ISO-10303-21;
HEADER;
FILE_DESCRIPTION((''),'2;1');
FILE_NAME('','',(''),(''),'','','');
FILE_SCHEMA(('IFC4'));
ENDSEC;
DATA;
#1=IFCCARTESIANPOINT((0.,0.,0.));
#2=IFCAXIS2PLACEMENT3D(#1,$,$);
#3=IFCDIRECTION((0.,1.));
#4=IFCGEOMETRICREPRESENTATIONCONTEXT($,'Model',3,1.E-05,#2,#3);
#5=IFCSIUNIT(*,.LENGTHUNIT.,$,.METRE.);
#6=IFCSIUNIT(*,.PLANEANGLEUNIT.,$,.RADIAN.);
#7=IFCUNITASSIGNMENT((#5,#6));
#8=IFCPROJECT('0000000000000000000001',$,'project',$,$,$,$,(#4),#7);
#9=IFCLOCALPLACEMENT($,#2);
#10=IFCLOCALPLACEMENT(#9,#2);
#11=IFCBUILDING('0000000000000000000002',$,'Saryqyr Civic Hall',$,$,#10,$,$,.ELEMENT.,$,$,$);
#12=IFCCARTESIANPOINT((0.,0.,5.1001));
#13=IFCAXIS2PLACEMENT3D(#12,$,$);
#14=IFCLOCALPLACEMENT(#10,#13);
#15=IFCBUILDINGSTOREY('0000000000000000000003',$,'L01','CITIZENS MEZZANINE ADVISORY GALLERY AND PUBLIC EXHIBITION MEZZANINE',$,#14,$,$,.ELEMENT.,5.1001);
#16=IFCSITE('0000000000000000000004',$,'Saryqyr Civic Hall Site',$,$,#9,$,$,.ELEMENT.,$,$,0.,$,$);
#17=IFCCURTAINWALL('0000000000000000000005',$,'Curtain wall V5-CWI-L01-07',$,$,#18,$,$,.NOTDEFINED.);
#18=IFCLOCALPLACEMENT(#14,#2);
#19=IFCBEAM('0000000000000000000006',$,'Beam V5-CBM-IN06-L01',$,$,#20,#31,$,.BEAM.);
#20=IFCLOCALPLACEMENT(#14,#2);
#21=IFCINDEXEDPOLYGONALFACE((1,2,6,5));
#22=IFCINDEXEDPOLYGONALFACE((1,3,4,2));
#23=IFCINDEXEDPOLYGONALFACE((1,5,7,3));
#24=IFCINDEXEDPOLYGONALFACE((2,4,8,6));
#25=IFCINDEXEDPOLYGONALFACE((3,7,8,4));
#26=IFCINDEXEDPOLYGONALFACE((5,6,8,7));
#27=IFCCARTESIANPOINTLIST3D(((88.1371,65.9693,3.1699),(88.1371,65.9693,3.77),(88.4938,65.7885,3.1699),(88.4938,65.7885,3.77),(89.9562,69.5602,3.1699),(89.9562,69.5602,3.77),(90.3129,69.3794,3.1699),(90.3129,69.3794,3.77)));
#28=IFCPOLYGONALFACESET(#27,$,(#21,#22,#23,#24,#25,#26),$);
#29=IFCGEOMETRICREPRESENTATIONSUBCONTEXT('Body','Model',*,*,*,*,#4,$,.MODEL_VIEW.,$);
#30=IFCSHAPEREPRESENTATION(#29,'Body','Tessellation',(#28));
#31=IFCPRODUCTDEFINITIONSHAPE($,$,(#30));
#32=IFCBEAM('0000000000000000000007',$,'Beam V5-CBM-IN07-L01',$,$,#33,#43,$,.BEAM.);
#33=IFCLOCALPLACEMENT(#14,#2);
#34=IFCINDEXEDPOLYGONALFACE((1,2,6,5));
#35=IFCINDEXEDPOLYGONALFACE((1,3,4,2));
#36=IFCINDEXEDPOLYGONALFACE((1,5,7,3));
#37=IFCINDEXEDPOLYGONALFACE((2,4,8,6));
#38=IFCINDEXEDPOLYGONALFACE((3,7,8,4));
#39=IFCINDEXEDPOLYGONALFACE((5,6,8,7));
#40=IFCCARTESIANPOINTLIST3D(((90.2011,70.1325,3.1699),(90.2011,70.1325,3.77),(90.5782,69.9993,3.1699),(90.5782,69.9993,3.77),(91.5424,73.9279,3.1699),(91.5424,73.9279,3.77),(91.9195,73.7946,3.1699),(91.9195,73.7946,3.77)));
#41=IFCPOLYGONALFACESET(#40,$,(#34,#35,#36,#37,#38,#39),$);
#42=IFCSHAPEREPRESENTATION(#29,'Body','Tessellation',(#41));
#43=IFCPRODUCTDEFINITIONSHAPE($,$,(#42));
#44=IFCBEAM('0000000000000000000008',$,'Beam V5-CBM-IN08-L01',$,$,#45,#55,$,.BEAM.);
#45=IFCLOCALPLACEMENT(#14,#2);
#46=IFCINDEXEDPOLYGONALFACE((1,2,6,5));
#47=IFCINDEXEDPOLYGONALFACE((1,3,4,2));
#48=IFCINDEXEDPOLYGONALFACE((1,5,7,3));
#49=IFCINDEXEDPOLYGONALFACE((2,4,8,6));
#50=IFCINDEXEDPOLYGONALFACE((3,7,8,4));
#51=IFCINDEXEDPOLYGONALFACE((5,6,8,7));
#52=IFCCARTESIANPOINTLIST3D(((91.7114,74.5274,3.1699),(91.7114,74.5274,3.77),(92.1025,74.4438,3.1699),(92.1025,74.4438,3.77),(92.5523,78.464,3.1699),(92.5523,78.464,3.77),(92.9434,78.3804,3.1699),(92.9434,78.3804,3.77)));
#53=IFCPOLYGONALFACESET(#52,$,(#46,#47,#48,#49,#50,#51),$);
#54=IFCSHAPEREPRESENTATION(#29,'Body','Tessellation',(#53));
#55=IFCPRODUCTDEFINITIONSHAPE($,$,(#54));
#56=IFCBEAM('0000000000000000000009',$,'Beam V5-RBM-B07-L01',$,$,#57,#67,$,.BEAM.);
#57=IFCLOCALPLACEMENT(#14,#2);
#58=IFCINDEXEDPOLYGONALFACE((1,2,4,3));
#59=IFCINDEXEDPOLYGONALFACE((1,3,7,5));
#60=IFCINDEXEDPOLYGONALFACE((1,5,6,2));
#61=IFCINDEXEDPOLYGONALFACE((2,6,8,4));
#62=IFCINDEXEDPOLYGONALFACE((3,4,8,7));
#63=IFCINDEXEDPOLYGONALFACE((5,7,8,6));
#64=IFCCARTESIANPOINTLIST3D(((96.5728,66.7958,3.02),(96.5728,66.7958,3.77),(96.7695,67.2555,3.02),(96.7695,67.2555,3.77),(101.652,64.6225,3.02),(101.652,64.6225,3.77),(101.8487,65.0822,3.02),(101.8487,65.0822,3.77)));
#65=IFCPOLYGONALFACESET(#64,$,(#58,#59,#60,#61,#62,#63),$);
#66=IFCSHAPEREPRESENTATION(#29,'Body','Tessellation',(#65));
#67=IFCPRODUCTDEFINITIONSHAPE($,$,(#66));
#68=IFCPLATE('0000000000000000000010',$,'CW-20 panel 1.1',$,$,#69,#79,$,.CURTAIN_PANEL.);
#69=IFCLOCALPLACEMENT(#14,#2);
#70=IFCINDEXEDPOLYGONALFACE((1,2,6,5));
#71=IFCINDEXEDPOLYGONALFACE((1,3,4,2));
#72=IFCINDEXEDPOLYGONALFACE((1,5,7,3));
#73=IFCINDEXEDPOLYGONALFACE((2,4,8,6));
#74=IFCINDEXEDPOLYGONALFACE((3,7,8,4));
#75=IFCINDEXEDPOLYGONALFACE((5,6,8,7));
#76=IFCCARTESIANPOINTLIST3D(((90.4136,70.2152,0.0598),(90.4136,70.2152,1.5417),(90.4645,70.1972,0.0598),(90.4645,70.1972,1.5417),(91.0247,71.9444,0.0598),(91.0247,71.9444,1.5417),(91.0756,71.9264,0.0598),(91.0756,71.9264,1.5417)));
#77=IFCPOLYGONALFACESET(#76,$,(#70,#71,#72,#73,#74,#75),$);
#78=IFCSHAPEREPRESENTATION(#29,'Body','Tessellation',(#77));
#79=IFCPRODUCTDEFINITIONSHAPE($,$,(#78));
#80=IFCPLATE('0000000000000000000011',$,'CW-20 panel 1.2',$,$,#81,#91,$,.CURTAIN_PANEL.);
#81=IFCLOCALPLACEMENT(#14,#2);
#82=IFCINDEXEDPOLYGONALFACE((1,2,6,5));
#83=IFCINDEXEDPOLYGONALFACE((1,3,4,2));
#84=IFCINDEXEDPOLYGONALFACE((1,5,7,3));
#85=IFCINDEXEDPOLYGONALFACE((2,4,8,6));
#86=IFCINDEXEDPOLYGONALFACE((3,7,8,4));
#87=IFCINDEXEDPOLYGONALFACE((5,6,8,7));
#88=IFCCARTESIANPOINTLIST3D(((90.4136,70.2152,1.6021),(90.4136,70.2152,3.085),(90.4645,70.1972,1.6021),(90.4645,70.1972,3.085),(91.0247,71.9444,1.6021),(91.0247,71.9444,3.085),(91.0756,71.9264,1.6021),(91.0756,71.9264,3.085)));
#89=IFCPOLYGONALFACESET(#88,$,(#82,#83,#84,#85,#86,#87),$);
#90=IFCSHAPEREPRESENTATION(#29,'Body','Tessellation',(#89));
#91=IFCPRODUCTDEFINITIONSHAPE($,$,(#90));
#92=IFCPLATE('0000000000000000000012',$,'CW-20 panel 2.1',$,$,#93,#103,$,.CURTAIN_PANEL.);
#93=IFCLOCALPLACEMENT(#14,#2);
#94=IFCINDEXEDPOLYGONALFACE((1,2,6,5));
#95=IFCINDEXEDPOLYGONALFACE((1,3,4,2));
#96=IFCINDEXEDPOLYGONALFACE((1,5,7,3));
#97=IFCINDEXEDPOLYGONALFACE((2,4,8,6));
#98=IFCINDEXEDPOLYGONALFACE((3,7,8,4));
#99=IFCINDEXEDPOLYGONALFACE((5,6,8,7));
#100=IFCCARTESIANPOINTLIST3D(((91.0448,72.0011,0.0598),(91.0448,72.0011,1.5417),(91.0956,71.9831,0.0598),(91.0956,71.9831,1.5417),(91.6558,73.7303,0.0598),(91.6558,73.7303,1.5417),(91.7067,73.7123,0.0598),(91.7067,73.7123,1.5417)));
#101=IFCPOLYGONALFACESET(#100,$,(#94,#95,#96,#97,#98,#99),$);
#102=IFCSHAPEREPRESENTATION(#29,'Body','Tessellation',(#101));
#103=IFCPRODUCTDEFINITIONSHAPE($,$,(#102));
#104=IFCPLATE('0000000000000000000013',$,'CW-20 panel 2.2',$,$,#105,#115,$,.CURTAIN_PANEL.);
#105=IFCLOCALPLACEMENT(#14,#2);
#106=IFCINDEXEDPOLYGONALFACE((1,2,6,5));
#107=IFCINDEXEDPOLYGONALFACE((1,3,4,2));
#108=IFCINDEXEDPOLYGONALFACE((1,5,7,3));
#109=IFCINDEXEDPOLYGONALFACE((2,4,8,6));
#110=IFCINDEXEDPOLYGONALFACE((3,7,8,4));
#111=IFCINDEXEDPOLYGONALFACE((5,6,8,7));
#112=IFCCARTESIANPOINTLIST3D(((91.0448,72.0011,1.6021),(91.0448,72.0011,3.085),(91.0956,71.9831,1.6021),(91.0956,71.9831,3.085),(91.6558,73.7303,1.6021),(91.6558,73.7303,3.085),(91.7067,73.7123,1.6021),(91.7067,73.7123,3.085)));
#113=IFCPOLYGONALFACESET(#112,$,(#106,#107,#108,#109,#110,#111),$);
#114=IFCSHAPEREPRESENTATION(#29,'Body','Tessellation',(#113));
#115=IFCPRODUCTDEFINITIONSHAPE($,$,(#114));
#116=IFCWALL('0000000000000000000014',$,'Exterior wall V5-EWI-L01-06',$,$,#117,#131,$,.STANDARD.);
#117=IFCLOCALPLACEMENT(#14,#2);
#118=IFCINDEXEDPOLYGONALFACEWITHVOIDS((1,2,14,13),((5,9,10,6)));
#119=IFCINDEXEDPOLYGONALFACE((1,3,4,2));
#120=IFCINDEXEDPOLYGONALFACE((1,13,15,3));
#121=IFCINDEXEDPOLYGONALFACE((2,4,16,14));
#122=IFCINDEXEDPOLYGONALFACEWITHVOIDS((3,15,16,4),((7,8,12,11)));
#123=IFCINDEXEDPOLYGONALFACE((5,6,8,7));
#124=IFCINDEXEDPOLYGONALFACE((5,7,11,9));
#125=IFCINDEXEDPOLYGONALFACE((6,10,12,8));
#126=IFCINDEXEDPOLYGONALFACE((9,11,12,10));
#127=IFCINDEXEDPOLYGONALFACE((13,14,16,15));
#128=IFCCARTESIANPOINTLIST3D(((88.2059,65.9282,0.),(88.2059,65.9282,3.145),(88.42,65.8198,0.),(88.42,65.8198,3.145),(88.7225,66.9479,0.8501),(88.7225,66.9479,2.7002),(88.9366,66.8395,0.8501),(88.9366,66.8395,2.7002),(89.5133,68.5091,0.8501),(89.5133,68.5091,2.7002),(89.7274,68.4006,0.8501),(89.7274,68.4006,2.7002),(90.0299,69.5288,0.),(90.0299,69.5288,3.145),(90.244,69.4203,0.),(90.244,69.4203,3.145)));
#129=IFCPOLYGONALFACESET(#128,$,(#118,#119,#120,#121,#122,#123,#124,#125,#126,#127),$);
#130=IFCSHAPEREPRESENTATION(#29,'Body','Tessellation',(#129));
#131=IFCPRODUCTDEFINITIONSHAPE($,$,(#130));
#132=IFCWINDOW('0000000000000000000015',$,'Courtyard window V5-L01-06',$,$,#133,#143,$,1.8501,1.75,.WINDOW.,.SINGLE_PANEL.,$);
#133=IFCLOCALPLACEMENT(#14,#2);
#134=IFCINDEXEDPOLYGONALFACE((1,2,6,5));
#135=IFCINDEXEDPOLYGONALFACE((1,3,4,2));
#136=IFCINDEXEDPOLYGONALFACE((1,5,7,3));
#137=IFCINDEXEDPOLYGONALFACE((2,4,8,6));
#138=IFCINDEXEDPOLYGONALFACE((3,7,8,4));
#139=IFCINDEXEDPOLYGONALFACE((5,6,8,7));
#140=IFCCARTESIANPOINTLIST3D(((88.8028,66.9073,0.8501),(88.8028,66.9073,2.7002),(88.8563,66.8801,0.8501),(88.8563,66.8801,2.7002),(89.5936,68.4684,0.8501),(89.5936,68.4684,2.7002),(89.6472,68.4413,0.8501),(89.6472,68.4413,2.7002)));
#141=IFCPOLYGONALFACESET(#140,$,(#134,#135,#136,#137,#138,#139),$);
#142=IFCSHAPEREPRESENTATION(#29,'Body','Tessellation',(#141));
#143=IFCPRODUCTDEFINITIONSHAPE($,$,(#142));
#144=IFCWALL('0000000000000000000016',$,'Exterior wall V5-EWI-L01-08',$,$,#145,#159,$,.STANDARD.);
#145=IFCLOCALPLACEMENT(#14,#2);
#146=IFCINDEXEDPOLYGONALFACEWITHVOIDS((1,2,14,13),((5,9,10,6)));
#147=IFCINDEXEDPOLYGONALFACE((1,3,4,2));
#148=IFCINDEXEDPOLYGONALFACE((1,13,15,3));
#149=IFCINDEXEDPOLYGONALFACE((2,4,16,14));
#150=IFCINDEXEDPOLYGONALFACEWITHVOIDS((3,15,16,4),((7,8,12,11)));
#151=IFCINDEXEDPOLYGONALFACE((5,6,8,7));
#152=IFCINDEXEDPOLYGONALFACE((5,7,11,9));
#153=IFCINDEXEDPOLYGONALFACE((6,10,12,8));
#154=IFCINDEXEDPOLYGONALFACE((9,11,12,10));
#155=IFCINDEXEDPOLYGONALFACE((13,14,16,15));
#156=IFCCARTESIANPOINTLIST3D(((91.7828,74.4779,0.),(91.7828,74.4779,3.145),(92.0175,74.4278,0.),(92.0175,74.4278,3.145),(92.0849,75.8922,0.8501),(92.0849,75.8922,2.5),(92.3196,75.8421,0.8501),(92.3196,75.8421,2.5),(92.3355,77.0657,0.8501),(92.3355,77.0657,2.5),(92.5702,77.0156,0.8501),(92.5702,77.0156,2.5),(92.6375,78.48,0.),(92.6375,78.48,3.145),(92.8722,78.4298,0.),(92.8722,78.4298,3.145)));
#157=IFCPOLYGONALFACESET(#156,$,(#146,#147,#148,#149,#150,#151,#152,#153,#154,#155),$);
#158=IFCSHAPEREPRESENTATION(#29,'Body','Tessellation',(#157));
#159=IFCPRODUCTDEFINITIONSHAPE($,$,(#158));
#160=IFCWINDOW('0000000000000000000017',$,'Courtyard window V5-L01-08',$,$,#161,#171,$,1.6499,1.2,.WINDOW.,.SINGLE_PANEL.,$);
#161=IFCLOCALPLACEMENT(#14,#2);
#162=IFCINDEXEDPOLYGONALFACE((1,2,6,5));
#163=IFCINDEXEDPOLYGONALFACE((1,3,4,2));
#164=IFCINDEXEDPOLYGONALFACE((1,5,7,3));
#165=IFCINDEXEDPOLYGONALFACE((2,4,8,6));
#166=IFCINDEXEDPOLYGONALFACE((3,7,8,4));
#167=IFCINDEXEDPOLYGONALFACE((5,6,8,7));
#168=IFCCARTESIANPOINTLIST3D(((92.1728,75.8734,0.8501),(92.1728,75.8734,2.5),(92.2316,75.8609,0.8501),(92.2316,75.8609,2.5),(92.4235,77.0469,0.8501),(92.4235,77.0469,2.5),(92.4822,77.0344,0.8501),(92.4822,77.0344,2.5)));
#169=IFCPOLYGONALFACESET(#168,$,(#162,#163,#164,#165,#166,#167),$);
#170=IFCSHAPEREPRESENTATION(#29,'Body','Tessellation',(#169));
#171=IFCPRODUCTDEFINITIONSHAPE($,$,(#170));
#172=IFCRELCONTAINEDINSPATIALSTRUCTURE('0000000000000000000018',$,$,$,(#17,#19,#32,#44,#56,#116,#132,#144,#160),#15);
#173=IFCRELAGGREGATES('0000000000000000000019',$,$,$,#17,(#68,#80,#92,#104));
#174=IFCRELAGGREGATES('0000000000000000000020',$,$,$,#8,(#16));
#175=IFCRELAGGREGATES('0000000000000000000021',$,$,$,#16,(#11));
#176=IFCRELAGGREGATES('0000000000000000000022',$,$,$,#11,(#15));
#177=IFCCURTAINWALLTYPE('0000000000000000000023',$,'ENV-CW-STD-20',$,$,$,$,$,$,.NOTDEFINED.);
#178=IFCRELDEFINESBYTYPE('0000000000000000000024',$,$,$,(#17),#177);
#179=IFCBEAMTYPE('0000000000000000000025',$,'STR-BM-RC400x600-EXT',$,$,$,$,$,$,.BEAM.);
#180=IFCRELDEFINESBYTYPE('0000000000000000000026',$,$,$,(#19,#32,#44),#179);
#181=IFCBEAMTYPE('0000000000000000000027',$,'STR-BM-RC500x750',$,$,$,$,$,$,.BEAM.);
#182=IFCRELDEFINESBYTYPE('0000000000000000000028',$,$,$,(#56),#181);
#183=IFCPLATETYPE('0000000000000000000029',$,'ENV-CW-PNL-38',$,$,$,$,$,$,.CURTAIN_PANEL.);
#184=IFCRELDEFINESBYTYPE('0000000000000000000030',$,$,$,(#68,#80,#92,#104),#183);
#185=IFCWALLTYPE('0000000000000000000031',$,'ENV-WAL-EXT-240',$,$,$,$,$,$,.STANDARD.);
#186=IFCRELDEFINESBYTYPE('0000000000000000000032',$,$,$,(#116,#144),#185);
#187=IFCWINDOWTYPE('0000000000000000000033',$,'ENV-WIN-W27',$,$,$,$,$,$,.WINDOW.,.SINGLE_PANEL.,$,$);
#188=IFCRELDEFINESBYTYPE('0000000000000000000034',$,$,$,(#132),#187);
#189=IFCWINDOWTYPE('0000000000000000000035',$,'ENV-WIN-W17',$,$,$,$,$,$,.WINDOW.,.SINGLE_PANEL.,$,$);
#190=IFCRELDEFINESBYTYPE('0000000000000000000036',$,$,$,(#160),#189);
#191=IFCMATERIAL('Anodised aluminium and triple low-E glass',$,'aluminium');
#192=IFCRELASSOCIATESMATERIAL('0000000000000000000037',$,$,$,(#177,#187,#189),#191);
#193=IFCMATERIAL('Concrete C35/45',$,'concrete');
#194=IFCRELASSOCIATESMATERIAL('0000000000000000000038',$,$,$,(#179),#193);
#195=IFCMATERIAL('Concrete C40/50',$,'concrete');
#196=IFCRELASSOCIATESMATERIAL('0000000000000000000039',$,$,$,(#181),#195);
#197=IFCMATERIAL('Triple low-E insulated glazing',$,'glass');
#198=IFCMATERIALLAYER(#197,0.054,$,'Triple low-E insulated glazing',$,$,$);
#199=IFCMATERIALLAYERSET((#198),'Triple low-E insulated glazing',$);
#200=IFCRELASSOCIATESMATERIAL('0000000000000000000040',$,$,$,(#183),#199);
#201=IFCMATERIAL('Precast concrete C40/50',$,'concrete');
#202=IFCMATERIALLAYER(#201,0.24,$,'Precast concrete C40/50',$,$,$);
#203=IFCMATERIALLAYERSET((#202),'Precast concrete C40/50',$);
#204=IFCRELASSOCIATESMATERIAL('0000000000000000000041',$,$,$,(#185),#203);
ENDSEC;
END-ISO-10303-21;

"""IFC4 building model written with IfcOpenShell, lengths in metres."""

from ifc_helpers import new_model, si_unit, direction, frame, frame_2d, origin, origin_2d, place, context, subcontext, project, spatial, rectangle, extrude, material, layer, layer_set, material_profile, profile_set, type_object, element, fill, aggregate, save


model = new_model("IFC4")

# Units and contexts
model_context = context("Model", 3, precision=1e-05, world=origin(), true_north=direction((0.0, 1.0)))
body_context = subcontext(model_context, "Body", "Model", "MODEL_VIEW")
ifc_project = project(units=[si_unit("LENGTHUNIT", "METRE"), si_unit("PLANEANGLEUNIT", "RADIAN")], contexts=[model_context])

# Site, building, storey
site_placement = place(None, origin())
site = spatial("IfcSite", under=ifc_project, at=site_placement, Name="Saryqyr Civic Hall Site", CompositionType="ELEMENT", RefElevation=0.0)
building_placement = place(site_placement, origin())
building = spatial("IfcBuilding", under=site, at=building_placement, Name="Saryqyr Civic Hall", CompositionType="ELEMENT")
storey_placement = place(building_placement, frame((0.0, 0.0, 5.1001)))
storey = spatial("IfcBuildingStorey", under=building, at=storey_placement, Name="L01", Description="CITIZENS MEZZANINE ADVISORY GALLERY AND PUBLIC EXHIBITION MEZZANINE", CompositionType="ELEMENT", Elevation=5.1001)

# Shared definitions
ifc_material_1 = material(Name="Concrete C40/50", Category="concrete")

# Curtain wall
ifc_material_2 = material(Name="Anodised aluminium and triple low-E glass", Category="aluminium")
curtain_wall_type = type_object("IfcCurtainWallType", Name="ENV-CW-STD-20", PredefinedType="NOTDEFINED", material=ifc_material_2)
curtain_wall_placement = place(storey_placement, origin())
curtain_wall = element("IfcCurtainWall", 1, at=curtain_wall_placement, inside=storey, type_object=curtain_wall_type, Name="Curtain wall V5-CWI-L01-07", PredefinedType="NOTDEFINED")

# Beams
ifc_material_3 = material(Name="Concrete C35/45", Category="concrete")
ifc_material_profile_1 = material_profile(ifc_material_3, rectangle(XDim=0.3999, YDim=0.6001, at=origin_2d()), Name="RC 400x600")
ifc_profile_set_1 = profile_set([ifc_material_profile_1], Name="Concrete C35/45")
beam_type_1 = type_object("IfcBeamType", Name="STR-BM-RC400x600-EXT", PredefinedType="BEAM", material=ifc_profile_set_1)
for number, where, z_axis, x_axis, name in (
    (2, (88.3154, 65.8789, 3.47), (0.451914, 0.892062, 0.0), (-0.892062, 0.451914, 0.0), "Beam V5-CBM-IN06-L01"),
    (3, (90.3896, 70.0659, 3.47), (0.333207, 0.942854, 0.0), (-0.942854, 0.333207, 0.0), "Beam V5-CBM-IN07-L01"),
    (4, (91.907, 74.4856, 3.47), (0.208883, 0.977941, 0.0), (-0.977941, 0.208883, 0.0), "Beam V5-CBM-IN08-L01"),
):
    element("IfcBeam", number, at=place(storey_placement, frame(where, z_axis=z_axis, x_axis=x_axis)), inside=storey, type_object=beam_type_1, Name=name, PredefinedType="BEAM", context=body_context, shape_type="SweptSolid", body=[
        extrude(rectangle(XDim=0.3999, YDim=0.6001, at=origin_2d()), origin(), (0.0, 0.0, 1.0), 4.0254),
    ])
ifc_material_profile_2 = material_profile(ifc_material_1, rectangle(XDim=0.5, YDim=0.75, at=origin_2d()), Name="RC 500x750")
ifc_profile_set_2 = profile_set([ifc_material_profile_2], Name="Concrete C40/50")
beam_type_2 = type_object("IfcBeamType", Name="STR-BM-RC500x750", PredefinedType="BEAM", material=ifc_profile_set_2)
beam_placement = place(storey_placement, frame((96.6711, 67.0256, 3.395), z_axis=(0.919376, -0.393381, 0.0), x_axis=(0.393381, 0.919376, 0.0)))
element("IfcBeam", 5, at=beam_placement, inside=storey, type_object=beam_type_2, Name="Beam V5-RBM-B07-L01", PredefinedType="BEAM", context=body_context, shape_type="SweptSolid", body=[
    extrude(rectangle(XDim=0.5, YDim=0.75, at=origin_2d()), origin(), (0.0, 0.0, 1.0), 5.5247),
])

# Plates
ifc_material_4 = material(Name="Triple low-E insulated glazing", Category="glass")
ifc_layer_1 = layer(ifc_material_4, 0.054, Name="Triple low-E insulated glazing")
ifc_layer_set_1 = layer_set([ifc_layer_1], Name="Triple low-E insulated glazing")
plate_type = type_object("IfcPlateType", Name="ENV-CW-PNL-38", PredefinedType="CURTAIN_PANEL", material=ifc_layer_set_1)
plate_1_placement = place(storey_placement, frame((90.7446, 71.0708, 0.0598), z_axis=(0.0, 0.0, 1.0), x_axis=(0.333203, 0.942855, 0.0)))
plate_1 = element("IfcPlate", 6, at=plate_1_placement, type_object=plate_type, Name="CW-20 panel 1.1", PredefinedType="CURTAIN_PANEL", context=body_context, shape_type="SweptSolid", body=[
    extrude(rectangle(XDim=1.834, YDim=0.054, at=origin_2d()), origin(), (0.0, 0.0, 1.0), 1.4819),
])
plate_2_placement = place(storey_placement, frame((90.7446, 71.0708, 1.6021), z_axis=(0.0, 0.0, 1.0), x_axis=(0.333203, 0.942855, 0.0)))
plate_2 = element("IfcPlate", 7, at=plate_2_placement, type_object=plate_type, Name="CW-20 panel 1.2", PredefinedType="CURTAIN_PANEL", context=body_context, shape_type="SweptSolid", body=[
    extrude(rectangle(XDim=1.834, YDim=0.054, at=origin_2d()), origin(), (0.0, 0.0, 1.0), 1.4829),
])
plate_3_placement = place(storey_placement, frame((91.3757, 72.8567, 0.0598), z_axis=(0.0, 0.0, 1.0), x_axis=(0.333203, 0.942855, 0.0)))
plate_3 = element("IfcPlate", 8, at=plate_3_placement, type_object=plate_type, Name="CW-20 panel 2.1", PredefinedType="CURTAIN_PANEL", context=body_context, shape_type="SweptSolid", body=[
    extrude(rectangle(XDim=1.834, YDim=0.054, at=origin_2d()), origin(), (0.0, 0.0, 1.0), 1.4819),
])
plate_4_placement = place(storey_placement, frame((91.3757, 72.8567, 1.6021), z_axis=(0.0, 0.0, 1.0), x_axis=(0.333203, 0.942855, 0.0)))
plate_4 = element("IfcPlate", 9, at=plate_4_placement, type_object=plate_type, Name="CW-20 panel 2.2", PredefinedType="CURTAIN_PANEL", context=body_context, shape_type="SweptSolid", body=[
    extrude(rectangle(XDim=1.834, YDim=0.054, at=origin_2d()), origin(), (0.0, 0.0, 1.0), 1.4829),
])
aggregate(curtain_wall, [plate_1, plate_2, plate_3, plate_4])

# Walls, openings, windows
ifc_material_5 = material(Name="Precast concrete C40/50", Category="concrete")
ifc_layer_2 = layer(ifc_material_5, 0.24, Name="Precast concrete C40/50")
ifc_layer_set_2 = layer_set([ifc_layer_2], Name="Precast concrete C40/50")
wall_type_1 = type_object("IfcWallType", Name="ENV-WAL-EXT-240", PredefinedType="STANDARD", material=ifc_layer_set_2)
wall_1_placement = place(storey_placement, frame((88.313, 65.874, 0.0), z_axis=(0.0, 0.0, 1.0), x_axis=(0.451901, 0.892068, 0.0)))
wall_1 = element("IfcWall", 10, at=wall_1_placement, inside=storey, type_object=wall_type_1, Name="Exterior wall V5-EWI-L01-06", PredefinedType="STANDARD", context=body_context, shape_type="SweptSolid", body=[
    extrude(rectangle(XDim=4.0361, YDim=0.24, at=frame_2d((2.0181, 0.0))), origin(), (0.0, 0.0, 1.0), 3.145),
])
opening_1_placement = place(wall_1_placement, frame((1.1431, 0.0, 0.8501)))
opening_1 = element("IfcOpeningElement", 11, at=opening_1_placement, cuts=wall_1, PredefinedType="OPENING", context=body_context, shape_type="SweptSolid", body=[
    extrude(rectangle(XDim=1.75, YDim=1.8501, at=frame_2d((0.875, 0.925))), frame((0.0, 0.1299, 0.0), z_axis=(0.0, -1.0, 0.0), x_axis=(1.0, 0.0, 0.0)), (0.0, 0.0, 1.0), 0.26),
])
window_type_1 = type_object("IfcWindowType", Name="ENV-WIN-W27", PartitioningType="SINGLE_PANEL", PredefinedType="WINDOW", material=ifc_material_2)
window_1_placement = place(opening_1_placement, origin())
window_1 = element("IfcWindow", 12, at=window_1_placement, inside=storey, type_object=window_type_1, Name="Courtyard window V5-L01-06", OverallHeight=1.8501, OverallWidth=1.75, PartitioningType="SINGLE_PANEL", PredefinedType="WINDOW", context=body_context, shape_type="SweptSolid", body=[
    extrude(rectangle(XDim=1.75, YDim=1.8501, at=frame_2d((0.875, 0.925))), frame((0.0, 0.03, 0.0), z_axis=(0.0, -1.0, 0.0), x_axis=(1.0, 0.0, 0.0)), (0.0, 0.0, 1.0), 0.0601),
])
fill(opening_1, window_1)
wall_2_placement = place(storey_placement, frame((91.9001, 74.4529, 0.0), z_axis=(0.0, 0.0, 1.0), x_axis=(0.208869, 0.977944, 0.0)))
wall_2 = element("IfcWall", 13, at=wall_2_placement, inside=storey, type_object=wall_type_1, Name="Exterior wall V5-EWI-L01-08", PredefinedType="STANDARD", context=body_context, shape_type="SweptSolid", body=[
    extrude(rectangle(XDim=4.0923, YDim=0.24, at=frame_2d((2.0461, 0.0))), origin(), (0.0, 0.0, 1.0), 3.145),
])
opening_2_placement = place(wall_2_placement, frame((1.446, 0.0, 0.8501)))
opening_2 = element("IfcOpeningElement", 14, at=opening_2_placement, cuts=wall_2, PredefinedType="OPENING", context=body_context, shape_type="SweptSolid", body=[
    extrude(rectangle(XDim=1.2, YDim=1.6499, at=frame_2d((0.6001, 0.825))), frame((0.0, 0.1299, 0.0), z_axis=(0.0, -1.0, 0.0), x_axis=(1.0, 0.0, 0.0)), (0.0, 0.0, 1.0), 0.26),
])
window_type_2 = type_object("IfcWindowType", Name="ENV-WIN-W17", PartitioningType="SINGLE_PANEL", PredefinedType="WINDOW", material=ifc_material_2)
window_2_placement = place(opening_2_placement, origin())
window_2 = element("IfcWindow", 15, at=window_2_placement, inside=storey, type_object=window_type_2, Name="Courtyard window V5-L01-08", OverallHeight=1.6499, OverallWidth=1.2, PartitioningType="SINGLE_PANEL", PredefinedType="WINDOW", context=body_context, shape_type="SweptSolid", body=[
    extrude(rectangle(XDim=1.2, YDim=1.6499, at=frame_2d((0.6001, 0.825))), frame((0.0, 0.03, 0.0), z_axis=(0.0, -1.0, 0.0), x_axis=(1.0, 0.0, 0.0)), (0.0, 0.0, 1.0), 0.0601),
])
fill(opening_2, window_2)

save(model, "model.ifc")
